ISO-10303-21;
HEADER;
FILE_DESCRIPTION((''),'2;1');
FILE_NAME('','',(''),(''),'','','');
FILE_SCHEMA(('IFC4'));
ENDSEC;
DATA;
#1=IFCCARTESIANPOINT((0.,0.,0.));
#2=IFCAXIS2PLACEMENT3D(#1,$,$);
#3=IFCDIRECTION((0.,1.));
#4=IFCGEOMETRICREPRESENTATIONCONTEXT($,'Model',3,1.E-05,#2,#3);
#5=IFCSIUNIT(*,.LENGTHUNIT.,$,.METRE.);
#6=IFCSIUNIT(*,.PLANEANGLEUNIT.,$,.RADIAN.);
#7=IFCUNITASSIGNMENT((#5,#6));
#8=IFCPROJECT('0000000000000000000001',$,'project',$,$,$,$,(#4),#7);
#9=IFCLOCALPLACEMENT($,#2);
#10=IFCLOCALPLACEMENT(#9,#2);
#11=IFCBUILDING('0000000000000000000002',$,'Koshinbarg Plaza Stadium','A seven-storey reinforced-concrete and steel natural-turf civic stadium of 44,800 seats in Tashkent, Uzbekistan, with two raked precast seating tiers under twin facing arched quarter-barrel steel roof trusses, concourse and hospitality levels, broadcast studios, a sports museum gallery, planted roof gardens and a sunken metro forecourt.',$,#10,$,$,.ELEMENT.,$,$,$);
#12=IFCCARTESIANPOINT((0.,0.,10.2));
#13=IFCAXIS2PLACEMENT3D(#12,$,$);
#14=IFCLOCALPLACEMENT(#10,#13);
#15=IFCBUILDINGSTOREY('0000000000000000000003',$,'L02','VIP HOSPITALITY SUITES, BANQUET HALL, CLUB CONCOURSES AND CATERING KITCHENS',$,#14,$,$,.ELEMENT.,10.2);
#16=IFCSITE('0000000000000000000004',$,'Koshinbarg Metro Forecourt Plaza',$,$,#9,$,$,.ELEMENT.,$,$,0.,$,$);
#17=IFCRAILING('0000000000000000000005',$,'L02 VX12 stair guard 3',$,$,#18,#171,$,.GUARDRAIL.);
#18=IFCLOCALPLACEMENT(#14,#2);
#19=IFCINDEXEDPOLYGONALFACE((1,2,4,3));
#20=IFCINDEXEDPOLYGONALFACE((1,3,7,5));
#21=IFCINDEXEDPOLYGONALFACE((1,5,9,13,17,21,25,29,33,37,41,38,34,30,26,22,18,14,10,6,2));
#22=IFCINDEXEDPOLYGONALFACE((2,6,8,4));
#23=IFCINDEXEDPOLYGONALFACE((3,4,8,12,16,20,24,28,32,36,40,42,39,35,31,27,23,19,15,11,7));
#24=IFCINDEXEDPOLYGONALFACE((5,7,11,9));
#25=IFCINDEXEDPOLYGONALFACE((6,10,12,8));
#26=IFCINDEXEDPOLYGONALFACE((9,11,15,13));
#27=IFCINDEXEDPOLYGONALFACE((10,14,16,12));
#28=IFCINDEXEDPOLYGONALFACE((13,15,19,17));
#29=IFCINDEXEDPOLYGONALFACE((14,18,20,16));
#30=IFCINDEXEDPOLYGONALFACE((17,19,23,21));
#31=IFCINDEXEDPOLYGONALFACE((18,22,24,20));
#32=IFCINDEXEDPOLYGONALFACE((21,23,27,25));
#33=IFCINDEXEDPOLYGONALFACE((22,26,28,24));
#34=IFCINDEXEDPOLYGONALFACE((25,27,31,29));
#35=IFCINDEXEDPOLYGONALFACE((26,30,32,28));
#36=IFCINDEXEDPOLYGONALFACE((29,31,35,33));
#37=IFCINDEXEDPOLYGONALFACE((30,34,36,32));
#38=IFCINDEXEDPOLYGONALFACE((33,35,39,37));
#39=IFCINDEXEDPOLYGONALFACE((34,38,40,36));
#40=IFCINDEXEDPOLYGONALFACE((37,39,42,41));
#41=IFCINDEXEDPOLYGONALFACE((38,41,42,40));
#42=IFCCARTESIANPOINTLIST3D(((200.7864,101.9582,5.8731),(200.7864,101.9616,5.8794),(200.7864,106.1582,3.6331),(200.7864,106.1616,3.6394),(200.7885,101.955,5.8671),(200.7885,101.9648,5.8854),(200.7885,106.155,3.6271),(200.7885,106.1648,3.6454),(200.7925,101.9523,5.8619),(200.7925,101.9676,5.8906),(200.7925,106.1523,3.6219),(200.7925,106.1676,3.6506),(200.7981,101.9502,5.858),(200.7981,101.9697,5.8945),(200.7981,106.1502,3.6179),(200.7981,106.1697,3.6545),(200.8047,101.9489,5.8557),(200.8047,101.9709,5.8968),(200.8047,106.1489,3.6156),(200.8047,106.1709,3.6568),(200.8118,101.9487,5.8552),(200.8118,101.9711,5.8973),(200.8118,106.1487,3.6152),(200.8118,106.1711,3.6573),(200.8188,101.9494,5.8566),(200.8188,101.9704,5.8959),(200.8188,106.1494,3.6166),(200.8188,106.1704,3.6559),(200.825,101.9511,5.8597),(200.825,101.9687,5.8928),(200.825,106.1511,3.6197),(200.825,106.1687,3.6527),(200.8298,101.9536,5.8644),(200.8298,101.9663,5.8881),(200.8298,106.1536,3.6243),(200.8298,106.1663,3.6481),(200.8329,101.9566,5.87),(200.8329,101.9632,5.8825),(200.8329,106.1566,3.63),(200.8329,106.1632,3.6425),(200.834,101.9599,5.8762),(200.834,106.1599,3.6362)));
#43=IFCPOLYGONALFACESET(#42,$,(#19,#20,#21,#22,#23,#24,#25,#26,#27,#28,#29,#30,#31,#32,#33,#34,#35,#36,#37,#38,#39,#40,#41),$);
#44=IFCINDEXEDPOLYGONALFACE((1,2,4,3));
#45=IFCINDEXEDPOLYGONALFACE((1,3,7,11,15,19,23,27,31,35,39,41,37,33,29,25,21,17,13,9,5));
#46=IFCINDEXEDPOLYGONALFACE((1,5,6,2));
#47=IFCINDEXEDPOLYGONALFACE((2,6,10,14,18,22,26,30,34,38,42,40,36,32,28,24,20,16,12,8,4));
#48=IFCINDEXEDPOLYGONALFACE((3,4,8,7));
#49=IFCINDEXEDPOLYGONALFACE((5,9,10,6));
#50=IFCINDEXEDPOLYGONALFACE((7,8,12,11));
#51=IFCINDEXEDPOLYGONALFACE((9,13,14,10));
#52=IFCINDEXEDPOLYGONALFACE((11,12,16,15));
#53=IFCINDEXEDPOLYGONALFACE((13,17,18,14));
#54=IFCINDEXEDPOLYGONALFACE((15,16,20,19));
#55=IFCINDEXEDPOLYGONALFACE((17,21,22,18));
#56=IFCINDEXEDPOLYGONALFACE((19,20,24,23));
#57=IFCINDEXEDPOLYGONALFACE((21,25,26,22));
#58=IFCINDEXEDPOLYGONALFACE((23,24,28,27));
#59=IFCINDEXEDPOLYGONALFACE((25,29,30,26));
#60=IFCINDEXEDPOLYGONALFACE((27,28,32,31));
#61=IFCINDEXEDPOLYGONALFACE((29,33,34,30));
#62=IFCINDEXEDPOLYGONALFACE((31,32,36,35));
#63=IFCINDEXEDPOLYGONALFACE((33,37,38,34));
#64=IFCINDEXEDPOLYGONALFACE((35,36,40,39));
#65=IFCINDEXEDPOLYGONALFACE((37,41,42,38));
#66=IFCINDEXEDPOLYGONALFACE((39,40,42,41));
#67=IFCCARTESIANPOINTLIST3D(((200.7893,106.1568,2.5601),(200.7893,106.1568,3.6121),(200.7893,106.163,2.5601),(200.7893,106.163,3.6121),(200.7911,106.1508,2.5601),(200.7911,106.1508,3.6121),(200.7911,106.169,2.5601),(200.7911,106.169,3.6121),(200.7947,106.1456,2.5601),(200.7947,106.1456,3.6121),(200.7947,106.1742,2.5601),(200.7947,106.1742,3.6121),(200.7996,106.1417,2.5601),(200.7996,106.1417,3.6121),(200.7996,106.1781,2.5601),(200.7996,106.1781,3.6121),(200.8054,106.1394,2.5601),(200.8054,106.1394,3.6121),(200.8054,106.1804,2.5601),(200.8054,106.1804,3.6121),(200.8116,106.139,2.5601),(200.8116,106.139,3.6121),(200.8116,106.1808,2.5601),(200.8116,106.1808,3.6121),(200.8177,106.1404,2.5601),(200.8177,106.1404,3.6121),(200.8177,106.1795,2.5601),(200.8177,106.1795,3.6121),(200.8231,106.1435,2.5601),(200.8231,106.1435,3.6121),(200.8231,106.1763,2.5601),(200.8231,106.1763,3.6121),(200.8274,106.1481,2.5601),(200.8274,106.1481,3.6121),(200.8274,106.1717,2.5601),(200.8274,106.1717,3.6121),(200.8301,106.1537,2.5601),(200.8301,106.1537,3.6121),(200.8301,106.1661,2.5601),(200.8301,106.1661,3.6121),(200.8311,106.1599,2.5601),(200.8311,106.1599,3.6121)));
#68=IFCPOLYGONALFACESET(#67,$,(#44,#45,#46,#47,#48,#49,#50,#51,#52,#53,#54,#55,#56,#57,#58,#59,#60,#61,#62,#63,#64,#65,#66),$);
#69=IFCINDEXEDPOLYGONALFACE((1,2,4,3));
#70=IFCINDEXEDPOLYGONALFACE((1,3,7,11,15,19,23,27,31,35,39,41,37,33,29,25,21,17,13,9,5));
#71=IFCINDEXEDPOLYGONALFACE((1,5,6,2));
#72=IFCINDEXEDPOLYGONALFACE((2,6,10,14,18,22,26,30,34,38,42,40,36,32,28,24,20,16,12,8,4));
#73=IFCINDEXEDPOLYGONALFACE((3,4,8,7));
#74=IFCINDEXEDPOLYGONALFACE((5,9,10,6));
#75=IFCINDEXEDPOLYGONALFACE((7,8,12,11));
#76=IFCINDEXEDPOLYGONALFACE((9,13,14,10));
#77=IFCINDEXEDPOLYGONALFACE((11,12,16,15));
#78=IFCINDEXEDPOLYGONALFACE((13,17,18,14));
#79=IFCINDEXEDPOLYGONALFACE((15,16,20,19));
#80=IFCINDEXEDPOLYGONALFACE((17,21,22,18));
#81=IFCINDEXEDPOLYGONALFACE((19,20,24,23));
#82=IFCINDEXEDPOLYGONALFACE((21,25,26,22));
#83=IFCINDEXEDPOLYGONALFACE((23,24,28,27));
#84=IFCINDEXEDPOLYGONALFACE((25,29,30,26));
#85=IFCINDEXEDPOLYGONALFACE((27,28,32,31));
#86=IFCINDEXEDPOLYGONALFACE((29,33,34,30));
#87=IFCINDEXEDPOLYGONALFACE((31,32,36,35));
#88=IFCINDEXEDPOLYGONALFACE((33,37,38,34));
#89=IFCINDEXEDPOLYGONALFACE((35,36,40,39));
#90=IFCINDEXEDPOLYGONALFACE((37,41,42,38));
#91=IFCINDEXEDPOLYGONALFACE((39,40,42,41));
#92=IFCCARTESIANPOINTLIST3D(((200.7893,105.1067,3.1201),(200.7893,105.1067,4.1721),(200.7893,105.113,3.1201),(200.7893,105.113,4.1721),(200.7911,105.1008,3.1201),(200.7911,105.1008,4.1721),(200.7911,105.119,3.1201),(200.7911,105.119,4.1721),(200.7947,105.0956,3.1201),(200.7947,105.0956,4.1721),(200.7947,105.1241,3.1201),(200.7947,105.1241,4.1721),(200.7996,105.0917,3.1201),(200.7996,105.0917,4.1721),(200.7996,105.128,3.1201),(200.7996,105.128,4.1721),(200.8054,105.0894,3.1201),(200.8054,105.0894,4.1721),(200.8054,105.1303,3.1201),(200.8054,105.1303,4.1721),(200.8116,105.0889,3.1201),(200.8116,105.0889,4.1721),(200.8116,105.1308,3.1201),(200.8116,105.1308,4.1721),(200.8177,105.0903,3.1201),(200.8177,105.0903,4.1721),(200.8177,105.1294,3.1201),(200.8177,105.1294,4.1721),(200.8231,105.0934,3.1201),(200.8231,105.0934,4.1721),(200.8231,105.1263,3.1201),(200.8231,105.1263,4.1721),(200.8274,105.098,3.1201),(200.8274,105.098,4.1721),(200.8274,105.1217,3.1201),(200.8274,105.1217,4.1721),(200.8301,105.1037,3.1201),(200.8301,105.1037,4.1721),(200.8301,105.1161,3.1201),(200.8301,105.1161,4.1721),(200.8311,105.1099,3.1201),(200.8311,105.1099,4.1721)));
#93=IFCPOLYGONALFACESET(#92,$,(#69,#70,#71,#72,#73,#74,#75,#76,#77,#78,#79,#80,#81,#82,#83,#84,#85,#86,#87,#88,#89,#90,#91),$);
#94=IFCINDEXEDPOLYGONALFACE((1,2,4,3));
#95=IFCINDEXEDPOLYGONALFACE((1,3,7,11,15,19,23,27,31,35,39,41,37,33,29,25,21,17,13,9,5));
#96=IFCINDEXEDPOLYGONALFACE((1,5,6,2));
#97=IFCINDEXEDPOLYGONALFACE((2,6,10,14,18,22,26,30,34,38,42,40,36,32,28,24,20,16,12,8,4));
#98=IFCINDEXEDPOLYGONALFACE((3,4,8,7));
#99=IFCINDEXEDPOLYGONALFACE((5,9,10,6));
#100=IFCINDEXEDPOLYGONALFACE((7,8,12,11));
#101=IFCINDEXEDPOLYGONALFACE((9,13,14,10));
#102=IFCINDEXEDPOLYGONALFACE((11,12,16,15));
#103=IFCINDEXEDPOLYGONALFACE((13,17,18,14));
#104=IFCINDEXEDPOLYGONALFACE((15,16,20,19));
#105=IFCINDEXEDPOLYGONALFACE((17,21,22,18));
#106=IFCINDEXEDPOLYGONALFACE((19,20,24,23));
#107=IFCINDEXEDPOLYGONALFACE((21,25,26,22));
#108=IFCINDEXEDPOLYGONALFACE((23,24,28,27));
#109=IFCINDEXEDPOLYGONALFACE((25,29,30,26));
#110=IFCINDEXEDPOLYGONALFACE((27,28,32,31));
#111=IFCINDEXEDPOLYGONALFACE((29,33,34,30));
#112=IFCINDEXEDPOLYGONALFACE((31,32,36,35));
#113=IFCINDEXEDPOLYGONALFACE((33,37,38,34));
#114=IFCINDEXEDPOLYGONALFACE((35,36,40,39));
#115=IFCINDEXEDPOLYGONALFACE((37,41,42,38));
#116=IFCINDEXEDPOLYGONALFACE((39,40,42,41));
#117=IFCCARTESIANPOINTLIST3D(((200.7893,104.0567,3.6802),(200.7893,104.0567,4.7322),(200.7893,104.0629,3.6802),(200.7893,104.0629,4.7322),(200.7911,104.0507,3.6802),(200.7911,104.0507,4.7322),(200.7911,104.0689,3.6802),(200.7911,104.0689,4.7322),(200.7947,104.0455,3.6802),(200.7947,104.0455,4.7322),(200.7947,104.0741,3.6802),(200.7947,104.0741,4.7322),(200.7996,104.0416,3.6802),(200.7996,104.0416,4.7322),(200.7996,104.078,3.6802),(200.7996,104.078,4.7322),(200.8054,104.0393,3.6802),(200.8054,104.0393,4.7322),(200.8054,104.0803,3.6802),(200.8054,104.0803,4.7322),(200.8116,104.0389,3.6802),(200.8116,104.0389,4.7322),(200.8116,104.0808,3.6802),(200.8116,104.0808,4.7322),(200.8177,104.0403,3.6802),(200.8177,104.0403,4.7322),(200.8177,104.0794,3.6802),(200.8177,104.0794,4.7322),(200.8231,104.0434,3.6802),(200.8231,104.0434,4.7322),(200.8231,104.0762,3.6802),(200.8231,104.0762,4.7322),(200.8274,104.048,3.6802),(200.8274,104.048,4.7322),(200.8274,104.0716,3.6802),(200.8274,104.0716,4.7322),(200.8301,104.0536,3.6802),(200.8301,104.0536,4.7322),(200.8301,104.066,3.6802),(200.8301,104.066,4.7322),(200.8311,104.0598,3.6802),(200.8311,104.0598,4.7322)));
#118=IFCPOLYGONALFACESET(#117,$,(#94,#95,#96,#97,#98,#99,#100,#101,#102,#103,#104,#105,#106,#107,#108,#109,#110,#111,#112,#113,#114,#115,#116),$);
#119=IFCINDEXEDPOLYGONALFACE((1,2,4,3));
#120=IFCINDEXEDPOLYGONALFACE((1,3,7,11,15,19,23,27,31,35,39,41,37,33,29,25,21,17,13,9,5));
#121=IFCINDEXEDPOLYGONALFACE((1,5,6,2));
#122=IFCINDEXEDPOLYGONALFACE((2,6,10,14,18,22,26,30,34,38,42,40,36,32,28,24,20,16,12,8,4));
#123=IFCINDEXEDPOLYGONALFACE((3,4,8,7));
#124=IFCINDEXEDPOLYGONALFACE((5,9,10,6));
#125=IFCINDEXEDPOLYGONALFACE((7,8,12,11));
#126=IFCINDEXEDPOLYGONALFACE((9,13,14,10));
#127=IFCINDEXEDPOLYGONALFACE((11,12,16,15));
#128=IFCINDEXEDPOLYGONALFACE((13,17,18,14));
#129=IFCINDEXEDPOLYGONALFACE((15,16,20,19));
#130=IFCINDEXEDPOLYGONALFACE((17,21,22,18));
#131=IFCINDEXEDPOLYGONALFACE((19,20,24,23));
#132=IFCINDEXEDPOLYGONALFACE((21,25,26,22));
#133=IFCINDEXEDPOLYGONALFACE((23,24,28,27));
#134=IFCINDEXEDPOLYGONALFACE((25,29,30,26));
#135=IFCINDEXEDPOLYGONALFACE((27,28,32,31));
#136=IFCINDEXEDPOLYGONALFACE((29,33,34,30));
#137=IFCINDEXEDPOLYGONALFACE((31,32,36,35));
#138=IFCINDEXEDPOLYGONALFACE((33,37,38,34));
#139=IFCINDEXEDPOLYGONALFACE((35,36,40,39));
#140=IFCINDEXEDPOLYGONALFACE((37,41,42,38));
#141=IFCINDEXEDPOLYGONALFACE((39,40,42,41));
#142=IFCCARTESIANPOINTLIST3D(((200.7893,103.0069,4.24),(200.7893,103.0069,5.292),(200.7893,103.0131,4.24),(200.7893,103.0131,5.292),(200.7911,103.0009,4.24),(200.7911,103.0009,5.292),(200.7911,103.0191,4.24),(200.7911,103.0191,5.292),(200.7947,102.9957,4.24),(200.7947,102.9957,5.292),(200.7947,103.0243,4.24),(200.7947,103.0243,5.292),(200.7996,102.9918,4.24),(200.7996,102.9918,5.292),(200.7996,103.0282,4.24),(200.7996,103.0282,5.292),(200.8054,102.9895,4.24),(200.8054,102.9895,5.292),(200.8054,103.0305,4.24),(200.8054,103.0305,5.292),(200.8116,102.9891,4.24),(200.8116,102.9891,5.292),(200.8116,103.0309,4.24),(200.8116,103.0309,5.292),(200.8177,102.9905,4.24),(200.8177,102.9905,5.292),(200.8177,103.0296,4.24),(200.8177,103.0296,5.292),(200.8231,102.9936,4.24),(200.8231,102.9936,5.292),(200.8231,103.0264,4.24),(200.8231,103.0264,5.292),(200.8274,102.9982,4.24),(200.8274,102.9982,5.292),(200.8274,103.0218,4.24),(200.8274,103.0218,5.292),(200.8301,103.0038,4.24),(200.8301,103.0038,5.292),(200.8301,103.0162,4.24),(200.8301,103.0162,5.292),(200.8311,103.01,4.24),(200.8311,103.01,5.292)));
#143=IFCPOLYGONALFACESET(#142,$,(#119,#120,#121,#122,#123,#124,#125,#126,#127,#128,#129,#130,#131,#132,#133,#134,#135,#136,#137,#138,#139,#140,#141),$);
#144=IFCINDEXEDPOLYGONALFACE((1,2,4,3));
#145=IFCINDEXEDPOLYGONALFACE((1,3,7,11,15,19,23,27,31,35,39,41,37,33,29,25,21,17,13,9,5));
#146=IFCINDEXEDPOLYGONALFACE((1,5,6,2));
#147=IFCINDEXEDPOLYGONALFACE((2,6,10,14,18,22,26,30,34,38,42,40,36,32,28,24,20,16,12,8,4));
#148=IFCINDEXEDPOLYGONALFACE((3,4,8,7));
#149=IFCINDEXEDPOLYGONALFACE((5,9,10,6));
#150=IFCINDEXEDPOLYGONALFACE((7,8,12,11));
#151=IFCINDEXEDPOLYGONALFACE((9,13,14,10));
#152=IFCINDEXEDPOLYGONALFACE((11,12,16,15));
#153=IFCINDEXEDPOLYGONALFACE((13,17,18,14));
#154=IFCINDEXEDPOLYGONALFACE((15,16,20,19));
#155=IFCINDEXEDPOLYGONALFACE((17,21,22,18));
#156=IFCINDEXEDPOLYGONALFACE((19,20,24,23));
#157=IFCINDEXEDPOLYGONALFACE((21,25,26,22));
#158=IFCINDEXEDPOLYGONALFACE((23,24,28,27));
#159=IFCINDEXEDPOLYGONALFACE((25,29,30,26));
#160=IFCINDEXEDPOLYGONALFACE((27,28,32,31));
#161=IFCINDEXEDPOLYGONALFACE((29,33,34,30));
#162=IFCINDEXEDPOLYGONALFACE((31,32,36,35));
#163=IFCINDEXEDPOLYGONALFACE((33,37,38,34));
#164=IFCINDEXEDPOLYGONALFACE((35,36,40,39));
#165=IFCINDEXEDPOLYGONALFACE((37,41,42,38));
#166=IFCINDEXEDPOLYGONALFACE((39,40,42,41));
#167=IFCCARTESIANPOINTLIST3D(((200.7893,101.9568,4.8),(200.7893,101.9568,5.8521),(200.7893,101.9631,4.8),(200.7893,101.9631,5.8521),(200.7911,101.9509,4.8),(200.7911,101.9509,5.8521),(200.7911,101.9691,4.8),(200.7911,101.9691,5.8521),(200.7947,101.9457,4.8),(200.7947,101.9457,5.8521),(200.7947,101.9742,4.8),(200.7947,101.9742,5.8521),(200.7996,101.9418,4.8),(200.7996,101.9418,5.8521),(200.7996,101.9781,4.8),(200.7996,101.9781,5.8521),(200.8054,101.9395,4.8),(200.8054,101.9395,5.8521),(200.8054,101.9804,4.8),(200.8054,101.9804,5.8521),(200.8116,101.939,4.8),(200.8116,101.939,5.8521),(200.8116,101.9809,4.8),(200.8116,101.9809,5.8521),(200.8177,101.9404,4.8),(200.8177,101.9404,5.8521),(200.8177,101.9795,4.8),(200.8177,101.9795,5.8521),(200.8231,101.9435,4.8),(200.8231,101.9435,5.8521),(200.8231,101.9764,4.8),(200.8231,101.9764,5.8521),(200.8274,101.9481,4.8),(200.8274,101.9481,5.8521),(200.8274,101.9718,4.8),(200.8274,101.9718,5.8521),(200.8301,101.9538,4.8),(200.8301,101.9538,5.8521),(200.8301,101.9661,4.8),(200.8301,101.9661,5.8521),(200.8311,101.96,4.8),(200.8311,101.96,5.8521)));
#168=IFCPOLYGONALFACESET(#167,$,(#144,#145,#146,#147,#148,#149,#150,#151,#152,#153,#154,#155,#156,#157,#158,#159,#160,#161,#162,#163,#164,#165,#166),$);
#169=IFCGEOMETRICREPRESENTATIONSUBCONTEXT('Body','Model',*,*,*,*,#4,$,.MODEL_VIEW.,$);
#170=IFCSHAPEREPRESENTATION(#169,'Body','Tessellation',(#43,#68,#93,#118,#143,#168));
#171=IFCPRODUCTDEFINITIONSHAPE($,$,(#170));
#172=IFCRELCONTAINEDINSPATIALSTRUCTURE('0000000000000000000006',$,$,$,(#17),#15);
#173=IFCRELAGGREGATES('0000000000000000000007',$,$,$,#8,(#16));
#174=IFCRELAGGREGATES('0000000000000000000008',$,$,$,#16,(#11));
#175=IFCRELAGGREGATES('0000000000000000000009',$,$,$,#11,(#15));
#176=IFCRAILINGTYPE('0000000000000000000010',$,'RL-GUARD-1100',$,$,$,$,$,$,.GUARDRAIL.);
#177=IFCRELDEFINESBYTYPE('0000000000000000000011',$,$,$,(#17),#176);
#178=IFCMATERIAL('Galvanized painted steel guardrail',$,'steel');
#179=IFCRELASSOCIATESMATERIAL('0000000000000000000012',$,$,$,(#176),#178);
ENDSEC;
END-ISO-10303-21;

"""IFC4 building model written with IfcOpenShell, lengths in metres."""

from ifc_helpers import new_model, si_unit, direction, frame, origin, origin_2d, place, context, subcontext, project, spatial, circle, extrude, material, type_object, element, save


model = new_model("IFC4")

# Units and contexts
model_context = context("Model", 3, precision=1e-05, world=origin(), true_north=direction((0.0, 1.0)))
body_context = subcontext(model_context, "Body", "Model", "MODEL_VIEW")
ifc_project = project(units=[si_unit("LENGTHUNIT", "METRE"), si_unit("PLANEANGLEUNIT", "RADIAN")], contexts=[model_context])

# Site, building, storey
site_placement = place(None, origin())
site = spatial("IfcSite", under=ifc_project, at=site_placement, Name="Koshinbarg Metro Forecourt Plaza", CompositionType="ELEMENT", RefElevation=0.0)
building_placement = place(site_placement, origin())
building = spatial("IfcBuilding", under=site, at=building_placement, Name="Koshinbarg Plaza Stadium", Description="A seven-storey reinforced-concrete and steel natural-turf civic stadium of 44,800 seats in Tashkent, Uzbekistan, with two raked precast seating tiers under twin facing arched quarter-barrel steel roof trusses, concourse and hospitality levels, broadcast studios, a sports museum gallery, planted roof gardens and a sunken metro forecourt.", CompositionType="ELEMENT")
storey_placement = place(building_placement, frame((0.0, 0.0, 10.2)))
storey = spatial("IfcBuildingStorey", under=building, at=storey_placement, Name="L02", Description="VIP HOSPITALITY SUITES, BANQUET HALL, CLUB CONCOURSES AND CATERING KITCHENS", CompositionType="ELEMENT", Elevation=10.2)

# Railing
ifc_material_1 = material(Name="Galvanized painted steel guardrail", Category="steel")
railing_type_1 = type_object("IfcRailingType", Name="RL-GUARD-1100", PredefinedType="GUARDRAIL", material=ifc_material_1)
railing_1_placement = place(storey_placement, frame((200.8101, 106.1599, 2.5601)))
element("IfcRailing", 1, at=railing_1_placement, inside=storey, type_object=railing_type_1, Name="L02 VX12 stair guard 3", PredefinedType="GUARDRAIL", context=body_context, shape_type="SweptSolid", body=[
    extrude(circle(Radius=0.0239, at=origin_2d()), frame((0.0, 0.0, 1.0762), z_axis=(0.0, -0.882352, 0.470591), x_axis=(1.0, 0.0, 0.0)), (0.0, 0.0, 1.0), 4.76),
    extrude(circle(Radius=0.021, at=origin_2d()), origin(), (0.0, 0.0, 1.0), 1.052),
    extrude(circle(Radius=0.021, at=origin_2d()), frame((0.0, -1.05, 0.5601)), (0.0, 0.0, 1.0), 1.052),
    extrude(circle(Radius=0.021, at=origin_2d()), frame((0.0, -2.1001, 1.1201)), (0.0, 0.0, 1.0), 1.052),
    extrude(circle(Radius=0.021, at=origin_2d()), frame((0.0, -3.1499, 1.6799)), (0.0, 0.0, 1.0), 1.052),
    extrude(circle(Radius=0.021, at=origin_2d()), frame((0.0, -4.2, 2.24)), (0.0, 0.0, 1.0), 1.052),
])

save(model, "model.ifc")
